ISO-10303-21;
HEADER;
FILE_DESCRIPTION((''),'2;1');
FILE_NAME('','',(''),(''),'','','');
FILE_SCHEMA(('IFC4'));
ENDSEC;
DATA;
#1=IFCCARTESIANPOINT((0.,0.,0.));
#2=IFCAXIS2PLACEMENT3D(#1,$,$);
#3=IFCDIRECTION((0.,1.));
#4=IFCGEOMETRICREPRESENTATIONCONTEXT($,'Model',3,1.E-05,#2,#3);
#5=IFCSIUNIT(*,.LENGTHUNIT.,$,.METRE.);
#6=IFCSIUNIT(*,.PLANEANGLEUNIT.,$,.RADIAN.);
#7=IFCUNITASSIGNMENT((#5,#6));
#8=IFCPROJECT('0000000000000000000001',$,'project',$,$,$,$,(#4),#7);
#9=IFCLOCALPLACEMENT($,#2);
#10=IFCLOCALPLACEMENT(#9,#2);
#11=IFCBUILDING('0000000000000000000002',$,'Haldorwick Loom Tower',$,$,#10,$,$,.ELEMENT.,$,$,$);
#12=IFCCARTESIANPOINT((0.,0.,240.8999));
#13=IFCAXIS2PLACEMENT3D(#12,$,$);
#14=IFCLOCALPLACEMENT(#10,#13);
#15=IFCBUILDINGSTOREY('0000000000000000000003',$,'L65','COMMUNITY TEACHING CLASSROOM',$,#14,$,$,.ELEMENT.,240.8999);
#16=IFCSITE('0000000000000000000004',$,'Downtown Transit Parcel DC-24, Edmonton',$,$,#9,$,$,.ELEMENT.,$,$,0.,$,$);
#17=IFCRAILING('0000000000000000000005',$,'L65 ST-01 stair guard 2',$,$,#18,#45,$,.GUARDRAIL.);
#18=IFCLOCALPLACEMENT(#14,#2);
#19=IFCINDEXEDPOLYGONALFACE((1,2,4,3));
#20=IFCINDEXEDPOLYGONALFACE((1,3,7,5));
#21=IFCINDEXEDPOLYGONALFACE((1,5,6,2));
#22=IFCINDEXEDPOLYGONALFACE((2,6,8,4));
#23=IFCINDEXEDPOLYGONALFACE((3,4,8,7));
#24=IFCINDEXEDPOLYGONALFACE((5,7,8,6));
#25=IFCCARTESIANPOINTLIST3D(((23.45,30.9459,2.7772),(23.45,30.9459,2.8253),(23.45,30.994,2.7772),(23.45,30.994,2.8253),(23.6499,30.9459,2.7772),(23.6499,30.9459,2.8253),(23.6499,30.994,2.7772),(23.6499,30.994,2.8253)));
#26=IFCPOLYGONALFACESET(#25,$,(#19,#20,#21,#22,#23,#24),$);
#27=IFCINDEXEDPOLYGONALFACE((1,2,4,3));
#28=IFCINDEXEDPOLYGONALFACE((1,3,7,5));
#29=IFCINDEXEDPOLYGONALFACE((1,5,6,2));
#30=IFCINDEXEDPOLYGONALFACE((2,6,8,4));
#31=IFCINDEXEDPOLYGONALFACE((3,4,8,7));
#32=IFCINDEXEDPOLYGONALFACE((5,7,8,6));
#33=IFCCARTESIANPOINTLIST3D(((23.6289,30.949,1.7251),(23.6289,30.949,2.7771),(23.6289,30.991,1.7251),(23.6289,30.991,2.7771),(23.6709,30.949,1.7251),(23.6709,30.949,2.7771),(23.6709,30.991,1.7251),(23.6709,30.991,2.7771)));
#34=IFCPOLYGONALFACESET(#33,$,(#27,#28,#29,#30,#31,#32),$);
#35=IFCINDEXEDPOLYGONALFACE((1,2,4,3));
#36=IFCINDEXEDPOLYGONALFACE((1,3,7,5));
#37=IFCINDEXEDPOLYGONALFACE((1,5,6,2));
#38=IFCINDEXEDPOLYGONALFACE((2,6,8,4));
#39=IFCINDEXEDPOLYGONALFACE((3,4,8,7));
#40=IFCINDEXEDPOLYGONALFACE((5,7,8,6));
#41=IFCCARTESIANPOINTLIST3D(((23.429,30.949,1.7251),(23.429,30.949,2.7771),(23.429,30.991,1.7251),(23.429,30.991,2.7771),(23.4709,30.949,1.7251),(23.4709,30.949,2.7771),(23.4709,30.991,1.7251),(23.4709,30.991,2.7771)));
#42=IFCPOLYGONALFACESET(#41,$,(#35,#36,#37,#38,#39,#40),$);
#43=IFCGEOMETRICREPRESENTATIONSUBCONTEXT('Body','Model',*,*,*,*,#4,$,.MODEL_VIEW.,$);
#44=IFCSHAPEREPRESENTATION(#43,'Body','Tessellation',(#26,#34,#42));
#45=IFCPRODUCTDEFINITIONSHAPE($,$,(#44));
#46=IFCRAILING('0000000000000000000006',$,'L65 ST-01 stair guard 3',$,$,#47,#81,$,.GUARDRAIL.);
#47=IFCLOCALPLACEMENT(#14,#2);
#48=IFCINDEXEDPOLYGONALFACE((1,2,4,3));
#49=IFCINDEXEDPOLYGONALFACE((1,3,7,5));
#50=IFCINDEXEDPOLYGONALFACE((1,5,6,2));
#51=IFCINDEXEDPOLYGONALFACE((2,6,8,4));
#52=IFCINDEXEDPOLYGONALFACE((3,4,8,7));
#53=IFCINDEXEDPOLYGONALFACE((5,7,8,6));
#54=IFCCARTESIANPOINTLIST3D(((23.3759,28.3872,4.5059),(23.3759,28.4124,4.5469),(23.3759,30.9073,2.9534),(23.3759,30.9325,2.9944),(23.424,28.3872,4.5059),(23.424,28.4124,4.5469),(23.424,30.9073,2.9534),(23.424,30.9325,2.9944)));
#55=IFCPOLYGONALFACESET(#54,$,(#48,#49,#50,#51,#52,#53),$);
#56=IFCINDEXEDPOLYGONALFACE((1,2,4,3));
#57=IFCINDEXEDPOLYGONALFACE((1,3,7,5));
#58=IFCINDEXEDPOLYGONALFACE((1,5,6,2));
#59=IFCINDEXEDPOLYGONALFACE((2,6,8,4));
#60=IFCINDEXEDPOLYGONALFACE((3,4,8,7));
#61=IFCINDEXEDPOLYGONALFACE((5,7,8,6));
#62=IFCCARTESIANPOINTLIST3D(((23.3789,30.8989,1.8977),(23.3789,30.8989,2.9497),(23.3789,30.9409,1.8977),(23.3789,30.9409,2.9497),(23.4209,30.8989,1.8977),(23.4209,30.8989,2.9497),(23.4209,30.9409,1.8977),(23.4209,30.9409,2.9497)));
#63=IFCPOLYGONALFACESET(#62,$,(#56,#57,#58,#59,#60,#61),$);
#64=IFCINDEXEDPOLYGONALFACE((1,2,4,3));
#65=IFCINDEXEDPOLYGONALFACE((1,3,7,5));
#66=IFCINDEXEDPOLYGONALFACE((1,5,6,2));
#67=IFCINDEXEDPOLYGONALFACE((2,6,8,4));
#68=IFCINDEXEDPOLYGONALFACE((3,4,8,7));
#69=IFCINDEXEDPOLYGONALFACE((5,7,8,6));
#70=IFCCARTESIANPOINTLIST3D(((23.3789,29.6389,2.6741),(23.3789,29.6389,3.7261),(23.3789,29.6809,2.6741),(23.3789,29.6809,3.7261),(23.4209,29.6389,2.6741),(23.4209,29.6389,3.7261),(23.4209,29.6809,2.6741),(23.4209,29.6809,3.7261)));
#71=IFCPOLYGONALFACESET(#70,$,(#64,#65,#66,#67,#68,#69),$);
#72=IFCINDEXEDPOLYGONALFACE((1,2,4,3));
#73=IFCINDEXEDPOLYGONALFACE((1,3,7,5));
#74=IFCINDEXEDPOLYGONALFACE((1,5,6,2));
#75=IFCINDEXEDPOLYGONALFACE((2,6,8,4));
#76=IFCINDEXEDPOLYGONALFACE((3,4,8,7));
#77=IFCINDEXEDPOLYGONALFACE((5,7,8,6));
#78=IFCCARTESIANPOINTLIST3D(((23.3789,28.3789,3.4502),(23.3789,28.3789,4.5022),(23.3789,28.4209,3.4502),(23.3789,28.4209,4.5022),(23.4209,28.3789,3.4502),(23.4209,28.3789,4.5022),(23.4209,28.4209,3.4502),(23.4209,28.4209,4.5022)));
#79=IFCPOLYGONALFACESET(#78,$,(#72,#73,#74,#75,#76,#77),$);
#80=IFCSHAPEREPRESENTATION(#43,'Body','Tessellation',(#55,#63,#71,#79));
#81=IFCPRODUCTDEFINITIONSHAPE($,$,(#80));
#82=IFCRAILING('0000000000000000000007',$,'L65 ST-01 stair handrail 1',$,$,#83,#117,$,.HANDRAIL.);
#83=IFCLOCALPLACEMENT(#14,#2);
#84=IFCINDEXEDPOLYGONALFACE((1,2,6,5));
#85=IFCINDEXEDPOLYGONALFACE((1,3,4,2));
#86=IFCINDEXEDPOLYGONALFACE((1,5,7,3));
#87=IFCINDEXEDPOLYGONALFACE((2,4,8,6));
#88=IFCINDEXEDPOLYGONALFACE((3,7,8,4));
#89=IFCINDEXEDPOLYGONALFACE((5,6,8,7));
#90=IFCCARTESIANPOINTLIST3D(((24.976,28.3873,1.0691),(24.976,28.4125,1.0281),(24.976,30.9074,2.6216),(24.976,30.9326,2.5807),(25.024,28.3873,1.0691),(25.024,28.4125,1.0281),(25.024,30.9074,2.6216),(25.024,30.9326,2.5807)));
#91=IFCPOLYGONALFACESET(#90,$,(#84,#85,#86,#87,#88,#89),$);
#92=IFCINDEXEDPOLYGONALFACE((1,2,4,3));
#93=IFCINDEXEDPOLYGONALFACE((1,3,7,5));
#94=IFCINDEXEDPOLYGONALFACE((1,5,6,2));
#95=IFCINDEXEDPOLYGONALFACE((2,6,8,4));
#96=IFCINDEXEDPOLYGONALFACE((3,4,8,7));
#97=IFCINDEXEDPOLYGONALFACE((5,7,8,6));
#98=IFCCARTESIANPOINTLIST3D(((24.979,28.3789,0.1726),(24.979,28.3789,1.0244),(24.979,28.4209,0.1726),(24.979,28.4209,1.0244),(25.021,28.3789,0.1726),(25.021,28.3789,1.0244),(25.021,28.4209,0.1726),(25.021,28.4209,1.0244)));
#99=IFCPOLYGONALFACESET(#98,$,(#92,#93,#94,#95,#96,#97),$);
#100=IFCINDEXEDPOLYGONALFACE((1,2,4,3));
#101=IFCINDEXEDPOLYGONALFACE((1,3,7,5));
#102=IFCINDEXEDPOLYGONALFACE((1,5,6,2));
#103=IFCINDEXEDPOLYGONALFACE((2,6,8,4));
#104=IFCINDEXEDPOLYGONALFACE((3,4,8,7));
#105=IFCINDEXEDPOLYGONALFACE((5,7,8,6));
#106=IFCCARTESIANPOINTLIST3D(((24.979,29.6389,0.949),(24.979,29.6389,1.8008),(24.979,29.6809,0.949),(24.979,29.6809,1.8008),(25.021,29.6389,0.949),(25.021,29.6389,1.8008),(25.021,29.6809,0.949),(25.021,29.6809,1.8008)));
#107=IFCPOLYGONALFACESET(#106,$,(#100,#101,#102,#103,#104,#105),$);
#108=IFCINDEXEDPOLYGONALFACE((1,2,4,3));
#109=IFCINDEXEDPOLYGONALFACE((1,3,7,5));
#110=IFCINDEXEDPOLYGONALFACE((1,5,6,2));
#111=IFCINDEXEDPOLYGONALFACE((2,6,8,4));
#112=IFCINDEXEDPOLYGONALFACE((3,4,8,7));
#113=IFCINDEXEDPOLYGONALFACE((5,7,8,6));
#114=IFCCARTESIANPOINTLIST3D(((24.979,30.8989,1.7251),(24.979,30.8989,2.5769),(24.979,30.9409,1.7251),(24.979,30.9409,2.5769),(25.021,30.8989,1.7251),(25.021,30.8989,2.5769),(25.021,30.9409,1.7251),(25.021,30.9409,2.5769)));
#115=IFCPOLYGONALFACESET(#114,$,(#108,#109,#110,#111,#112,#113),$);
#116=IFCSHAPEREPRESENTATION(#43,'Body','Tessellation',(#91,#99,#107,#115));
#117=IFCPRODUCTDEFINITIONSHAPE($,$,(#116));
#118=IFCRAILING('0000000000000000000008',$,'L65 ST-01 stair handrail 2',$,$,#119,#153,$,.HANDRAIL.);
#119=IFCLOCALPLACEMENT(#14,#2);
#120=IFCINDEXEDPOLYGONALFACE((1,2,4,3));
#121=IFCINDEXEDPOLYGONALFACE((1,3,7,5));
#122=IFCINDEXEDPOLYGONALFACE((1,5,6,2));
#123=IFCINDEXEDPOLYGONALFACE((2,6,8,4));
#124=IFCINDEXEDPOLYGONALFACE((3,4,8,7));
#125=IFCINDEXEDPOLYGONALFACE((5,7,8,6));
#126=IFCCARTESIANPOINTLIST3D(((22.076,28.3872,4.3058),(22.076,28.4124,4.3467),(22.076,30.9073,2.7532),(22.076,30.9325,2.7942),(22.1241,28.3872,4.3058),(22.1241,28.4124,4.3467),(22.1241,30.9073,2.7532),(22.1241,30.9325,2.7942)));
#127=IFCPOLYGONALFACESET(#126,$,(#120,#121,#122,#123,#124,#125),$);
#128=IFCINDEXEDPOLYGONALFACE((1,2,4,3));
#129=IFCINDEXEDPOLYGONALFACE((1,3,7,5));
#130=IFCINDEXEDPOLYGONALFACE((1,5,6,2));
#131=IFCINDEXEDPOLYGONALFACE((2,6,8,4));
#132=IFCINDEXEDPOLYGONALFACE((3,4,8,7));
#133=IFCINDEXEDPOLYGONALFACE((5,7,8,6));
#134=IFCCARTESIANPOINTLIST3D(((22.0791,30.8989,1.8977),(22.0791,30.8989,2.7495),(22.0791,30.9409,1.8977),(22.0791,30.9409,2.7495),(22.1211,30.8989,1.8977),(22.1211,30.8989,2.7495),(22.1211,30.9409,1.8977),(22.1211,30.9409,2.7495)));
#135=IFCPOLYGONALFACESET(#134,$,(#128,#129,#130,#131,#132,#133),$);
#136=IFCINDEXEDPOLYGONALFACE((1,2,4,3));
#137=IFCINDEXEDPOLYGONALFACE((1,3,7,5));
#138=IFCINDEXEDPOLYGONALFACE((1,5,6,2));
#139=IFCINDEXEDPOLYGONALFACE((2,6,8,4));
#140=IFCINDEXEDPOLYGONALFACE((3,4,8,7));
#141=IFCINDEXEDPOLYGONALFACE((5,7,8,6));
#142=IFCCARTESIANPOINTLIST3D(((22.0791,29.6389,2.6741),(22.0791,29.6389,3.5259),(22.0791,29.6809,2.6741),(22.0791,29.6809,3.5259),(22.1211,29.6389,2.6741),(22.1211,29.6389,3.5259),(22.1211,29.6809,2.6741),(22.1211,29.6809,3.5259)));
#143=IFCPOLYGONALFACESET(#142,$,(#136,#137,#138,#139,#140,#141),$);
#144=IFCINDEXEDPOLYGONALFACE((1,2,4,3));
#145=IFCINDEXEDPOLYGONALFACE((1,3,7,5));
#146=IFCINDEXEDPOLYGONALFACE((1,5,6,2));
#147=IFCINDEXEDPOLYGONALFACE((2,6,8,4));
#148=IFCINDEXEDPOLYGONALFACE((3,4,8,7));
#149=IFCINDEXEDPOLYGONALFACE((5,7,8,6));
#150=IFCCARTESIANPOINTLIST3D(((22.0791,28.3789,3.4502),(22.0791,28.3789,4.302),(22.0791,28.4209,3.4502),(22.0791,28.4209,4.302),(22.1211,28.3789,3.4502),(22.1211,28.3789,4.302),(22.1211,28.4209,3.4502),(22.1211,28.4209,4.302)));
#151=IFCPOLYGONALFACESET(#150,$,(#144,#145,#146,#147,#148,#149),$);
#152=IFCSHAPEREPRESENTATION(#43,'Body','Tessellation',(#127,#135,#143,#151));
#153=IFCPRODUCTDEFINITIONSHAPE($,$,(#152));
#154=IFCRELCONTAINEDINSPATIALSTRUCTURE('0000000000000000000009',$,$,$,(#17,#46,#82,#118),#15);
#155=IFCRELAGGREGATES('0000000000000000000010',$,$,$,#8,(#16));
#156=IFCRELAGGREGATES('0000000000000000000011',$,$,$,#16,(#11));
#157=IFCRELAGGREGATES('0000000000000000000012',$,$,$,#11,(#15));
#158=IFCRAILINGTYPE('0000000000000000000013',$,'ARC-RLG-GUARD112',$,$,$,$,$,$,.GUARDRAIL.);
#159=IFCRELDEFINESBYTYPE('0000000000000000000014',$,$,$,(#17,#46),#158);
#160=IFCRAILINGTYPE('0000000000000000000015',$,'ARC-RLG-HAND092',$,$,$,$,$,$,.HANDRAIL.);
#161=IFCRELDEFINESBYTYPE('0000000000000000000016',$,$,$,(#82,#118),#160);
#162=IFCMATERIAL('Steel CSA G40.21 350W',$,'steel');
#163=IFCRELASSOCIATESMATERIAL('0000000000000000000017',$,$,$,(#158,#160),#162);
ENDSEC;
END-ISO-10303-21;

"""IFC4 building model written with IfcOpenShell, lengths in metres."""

from ifc_helpers import new_model, si_unit, direction, frame, origin, origin_2d, place, context, subcontext, project, spatial, rectangle, extrude, material, type_object, element, save


model = new_model("IFC4")

# Units and contexts
model_context = context("Model", 3, precision=1e-05, world=origin(), true_north=direction((0.0, 1.0)))
body_context = subcontext(model_context, "Body", "Model", "MODEL_VIEW")
ifc_project = project(units=[si_unit("LENGTHUNIT", "METRE"), si_unit("PLANEANGLEUNIT", "RADIAN")], contexts=[model_context])

# Site, building, storey
site_placement = place(None, origin())
site = spatial("IfcSite", under=ifc_project, at=site_placement, Name="Downtown Transit Parcel DC-24, Edmonton", CompositionType="ELEMENT", RefElevation=0.0)
building_placement = place(site_placement, origin())
building = spatial("IfcBuilding", under=site, at=building_placement, Name="Haldorwick Loom Tower", CompositionType="ELEMENT")
storey_placement = place(building_placement, frame((0.0, 0.0, 240.8999)))
storey = spatial("IfcBuildingStorey", under=building, at=storey_placement, Name="L65", Description="COMMUNITY TEACHING CLASSROOM", CompositionType="ELEMENT", Elevation=240.8999)

# Shared definitions
ifc_material_1 = material(Name="Steel CSA G40.21 350W", Category="steel")

# Railings
railing_type_1 = type_object("IfcRailingType", Name="ARC-RLG-GUARD112", PredefinedType="GUARDRAIL", material=ifc_material_1)
railing_1_placement = place(storey_placement, frame((23.6499, 30.97, 1.7251)))
element("IfcRailing", 1, at=railing_1_placement, inside=storey, type_object=railing_type_1, Name="L65 ST-01 stair guard 2", PredefinedType="GUARDRAIL", context=body_context, shape_type="SweptSolid", body=[
    extrude(rectangle(XDim=0.0481, YDim=0.0481, at=origin_2d()), frame((0.0, 0.0, 1.0762), z_axis=(-1.0, 0.0, 0.0), x_axis=(0.0, -1.0, 0.0)), (0.0, 0.0, 1.0), 0.2),
    extrude(rectangle(XDim=0.042, YDim=0.042, at=origin_2d()), origin(), (0.0, 0.0, 1.0), 1.052),
    extrude(rectangle(XDim=0.042, YDim=0.042, at=origin_2d()), frame((-0.2, 0.0, 0.0)), (0.0, 0.0, 1.0), 1.052),
])
railing_2_placement = place(storey_placement, frame((23.3999, 30.9199, 1.8977)))
element("IfcRailing", 2, at=railing_2_placement, inside=storey, type_object=railing_type_1, Name="L65 ST-01 stair guard 3", PredefinedType="GUARDRAIL", context=body_context, shape_type="SweptSolid", body=[
    extrude(rectangle(XDim=0.0481, YDim=0.0481, at=origin_2d()), frame((0.0, 0.0, 1.0762), z_axis=(0.0, -0.8514, 0.524516), x_axis=(1.0, 0.0, 0.0)), (0.0, 0.0, 1.0), 2.96),
    extrude(rectangle(XDim=0.042, YDim=0.042, at=origin_2d()), origin(), (0.0, 0.0, 1.0), 1.052),
    extrude(rectangle(XDim=0.042, YDim=0.042, at=origin_2d()), frame((0.0, -1.26, 0.7764)), (0.0, 0.0, 1.0), 1.052),
    extrude(rectangle(XDim=0.042, YDim=0.042, at=origin_2d()), frame((0.0, -2.52, 1.5525)), (0.0, 0.0, 1.0), 1.052),
])
railing_type_2 = type_object("IfcRailingType", Name="ARC-RLG-HAND092", PredefinedType="HANDRAIL", material=ifc_material_1)
railing_3_placement = place(storey_placement, frame((25.0, 28.3999, 0.1726)))
element("IfcRailing", 3, at=railing_3_placement, inside=storey, type_object=railing_type_2, Name="L65 ST-01 stair handrail 1", PredefinedType="HANDRAIL", context=body_context, shape_type="SweptSolid", body=[
    extrude(rectangle(XDim=0.0481, YDim=0.0481, at=origin_2d()), frame((0.0, 0.0, 0.876), z_axis=(0.0, 0.8514, 0.524516), x_axis=(-1.0, 0.0, 0.0)), (0.0, 0.0, 1.0), 2.96),
    extrude(rectangle(XDim=0.042, YDim=0.042, at=origin_2d()), origin(), (0.0, 0.0, 1.0), 0.8518),
    extrude(rectangle(XDim=0.042, YDim=0.042, at=origin_2d()), frame((0.0, 1.26, 0.7764)), (0.0, 0.0, 1.0), 0.8518),
    extrude(rectangle(XDim=0.042, YDim=0.042, at=origin_2d()), frame((0.0, 2.52, 1.5525)), (0.0, 0.0, 1.0), 0.8518),
])
railing_4_placement = place(storey_placement, frame((22.1001, 30.9199, 1.8977)))
element("IfcRailing", 4, at=railing_4_placement, inside=storey, type_object=railing_type_2, Name="L65 ST-01 stair handrail 2", PredefinedType="HANDRAIL", context=body_context, shape_type="SweptSolid", body=[
    extrude(rectangle(XDim=0.0481, YDim=0.0481, at=origin_2d()), frame((0.0, 0.0, 0.876), z_axis=(0.0, -0.8514, 0.524516), x_axis=(1.0, 0.0, 0.0)), (0.0, 0.0, 1.0), 2.96),
    extrude(rectangle(XDim=0.042, YDim=0.042, at=origin_2d()), origin(), (0.0, 0.0, 1.0), 0.8518),
    extrude(rectangle(XDim=0.042, YDim=0.042, at=origin_2d()), frame((0.0, -1.26, 0.7764)), (0.0, 0.0, 1.0), 0.8518),
    extrude(rectangle(XDim=0.042, YDim=0.042, at=origin_2d()), frame((0.0, -2.52, 1.5525)), (0.0, 0.0, 1.0), 0.8518),
])

save(model, "model.ifc")
